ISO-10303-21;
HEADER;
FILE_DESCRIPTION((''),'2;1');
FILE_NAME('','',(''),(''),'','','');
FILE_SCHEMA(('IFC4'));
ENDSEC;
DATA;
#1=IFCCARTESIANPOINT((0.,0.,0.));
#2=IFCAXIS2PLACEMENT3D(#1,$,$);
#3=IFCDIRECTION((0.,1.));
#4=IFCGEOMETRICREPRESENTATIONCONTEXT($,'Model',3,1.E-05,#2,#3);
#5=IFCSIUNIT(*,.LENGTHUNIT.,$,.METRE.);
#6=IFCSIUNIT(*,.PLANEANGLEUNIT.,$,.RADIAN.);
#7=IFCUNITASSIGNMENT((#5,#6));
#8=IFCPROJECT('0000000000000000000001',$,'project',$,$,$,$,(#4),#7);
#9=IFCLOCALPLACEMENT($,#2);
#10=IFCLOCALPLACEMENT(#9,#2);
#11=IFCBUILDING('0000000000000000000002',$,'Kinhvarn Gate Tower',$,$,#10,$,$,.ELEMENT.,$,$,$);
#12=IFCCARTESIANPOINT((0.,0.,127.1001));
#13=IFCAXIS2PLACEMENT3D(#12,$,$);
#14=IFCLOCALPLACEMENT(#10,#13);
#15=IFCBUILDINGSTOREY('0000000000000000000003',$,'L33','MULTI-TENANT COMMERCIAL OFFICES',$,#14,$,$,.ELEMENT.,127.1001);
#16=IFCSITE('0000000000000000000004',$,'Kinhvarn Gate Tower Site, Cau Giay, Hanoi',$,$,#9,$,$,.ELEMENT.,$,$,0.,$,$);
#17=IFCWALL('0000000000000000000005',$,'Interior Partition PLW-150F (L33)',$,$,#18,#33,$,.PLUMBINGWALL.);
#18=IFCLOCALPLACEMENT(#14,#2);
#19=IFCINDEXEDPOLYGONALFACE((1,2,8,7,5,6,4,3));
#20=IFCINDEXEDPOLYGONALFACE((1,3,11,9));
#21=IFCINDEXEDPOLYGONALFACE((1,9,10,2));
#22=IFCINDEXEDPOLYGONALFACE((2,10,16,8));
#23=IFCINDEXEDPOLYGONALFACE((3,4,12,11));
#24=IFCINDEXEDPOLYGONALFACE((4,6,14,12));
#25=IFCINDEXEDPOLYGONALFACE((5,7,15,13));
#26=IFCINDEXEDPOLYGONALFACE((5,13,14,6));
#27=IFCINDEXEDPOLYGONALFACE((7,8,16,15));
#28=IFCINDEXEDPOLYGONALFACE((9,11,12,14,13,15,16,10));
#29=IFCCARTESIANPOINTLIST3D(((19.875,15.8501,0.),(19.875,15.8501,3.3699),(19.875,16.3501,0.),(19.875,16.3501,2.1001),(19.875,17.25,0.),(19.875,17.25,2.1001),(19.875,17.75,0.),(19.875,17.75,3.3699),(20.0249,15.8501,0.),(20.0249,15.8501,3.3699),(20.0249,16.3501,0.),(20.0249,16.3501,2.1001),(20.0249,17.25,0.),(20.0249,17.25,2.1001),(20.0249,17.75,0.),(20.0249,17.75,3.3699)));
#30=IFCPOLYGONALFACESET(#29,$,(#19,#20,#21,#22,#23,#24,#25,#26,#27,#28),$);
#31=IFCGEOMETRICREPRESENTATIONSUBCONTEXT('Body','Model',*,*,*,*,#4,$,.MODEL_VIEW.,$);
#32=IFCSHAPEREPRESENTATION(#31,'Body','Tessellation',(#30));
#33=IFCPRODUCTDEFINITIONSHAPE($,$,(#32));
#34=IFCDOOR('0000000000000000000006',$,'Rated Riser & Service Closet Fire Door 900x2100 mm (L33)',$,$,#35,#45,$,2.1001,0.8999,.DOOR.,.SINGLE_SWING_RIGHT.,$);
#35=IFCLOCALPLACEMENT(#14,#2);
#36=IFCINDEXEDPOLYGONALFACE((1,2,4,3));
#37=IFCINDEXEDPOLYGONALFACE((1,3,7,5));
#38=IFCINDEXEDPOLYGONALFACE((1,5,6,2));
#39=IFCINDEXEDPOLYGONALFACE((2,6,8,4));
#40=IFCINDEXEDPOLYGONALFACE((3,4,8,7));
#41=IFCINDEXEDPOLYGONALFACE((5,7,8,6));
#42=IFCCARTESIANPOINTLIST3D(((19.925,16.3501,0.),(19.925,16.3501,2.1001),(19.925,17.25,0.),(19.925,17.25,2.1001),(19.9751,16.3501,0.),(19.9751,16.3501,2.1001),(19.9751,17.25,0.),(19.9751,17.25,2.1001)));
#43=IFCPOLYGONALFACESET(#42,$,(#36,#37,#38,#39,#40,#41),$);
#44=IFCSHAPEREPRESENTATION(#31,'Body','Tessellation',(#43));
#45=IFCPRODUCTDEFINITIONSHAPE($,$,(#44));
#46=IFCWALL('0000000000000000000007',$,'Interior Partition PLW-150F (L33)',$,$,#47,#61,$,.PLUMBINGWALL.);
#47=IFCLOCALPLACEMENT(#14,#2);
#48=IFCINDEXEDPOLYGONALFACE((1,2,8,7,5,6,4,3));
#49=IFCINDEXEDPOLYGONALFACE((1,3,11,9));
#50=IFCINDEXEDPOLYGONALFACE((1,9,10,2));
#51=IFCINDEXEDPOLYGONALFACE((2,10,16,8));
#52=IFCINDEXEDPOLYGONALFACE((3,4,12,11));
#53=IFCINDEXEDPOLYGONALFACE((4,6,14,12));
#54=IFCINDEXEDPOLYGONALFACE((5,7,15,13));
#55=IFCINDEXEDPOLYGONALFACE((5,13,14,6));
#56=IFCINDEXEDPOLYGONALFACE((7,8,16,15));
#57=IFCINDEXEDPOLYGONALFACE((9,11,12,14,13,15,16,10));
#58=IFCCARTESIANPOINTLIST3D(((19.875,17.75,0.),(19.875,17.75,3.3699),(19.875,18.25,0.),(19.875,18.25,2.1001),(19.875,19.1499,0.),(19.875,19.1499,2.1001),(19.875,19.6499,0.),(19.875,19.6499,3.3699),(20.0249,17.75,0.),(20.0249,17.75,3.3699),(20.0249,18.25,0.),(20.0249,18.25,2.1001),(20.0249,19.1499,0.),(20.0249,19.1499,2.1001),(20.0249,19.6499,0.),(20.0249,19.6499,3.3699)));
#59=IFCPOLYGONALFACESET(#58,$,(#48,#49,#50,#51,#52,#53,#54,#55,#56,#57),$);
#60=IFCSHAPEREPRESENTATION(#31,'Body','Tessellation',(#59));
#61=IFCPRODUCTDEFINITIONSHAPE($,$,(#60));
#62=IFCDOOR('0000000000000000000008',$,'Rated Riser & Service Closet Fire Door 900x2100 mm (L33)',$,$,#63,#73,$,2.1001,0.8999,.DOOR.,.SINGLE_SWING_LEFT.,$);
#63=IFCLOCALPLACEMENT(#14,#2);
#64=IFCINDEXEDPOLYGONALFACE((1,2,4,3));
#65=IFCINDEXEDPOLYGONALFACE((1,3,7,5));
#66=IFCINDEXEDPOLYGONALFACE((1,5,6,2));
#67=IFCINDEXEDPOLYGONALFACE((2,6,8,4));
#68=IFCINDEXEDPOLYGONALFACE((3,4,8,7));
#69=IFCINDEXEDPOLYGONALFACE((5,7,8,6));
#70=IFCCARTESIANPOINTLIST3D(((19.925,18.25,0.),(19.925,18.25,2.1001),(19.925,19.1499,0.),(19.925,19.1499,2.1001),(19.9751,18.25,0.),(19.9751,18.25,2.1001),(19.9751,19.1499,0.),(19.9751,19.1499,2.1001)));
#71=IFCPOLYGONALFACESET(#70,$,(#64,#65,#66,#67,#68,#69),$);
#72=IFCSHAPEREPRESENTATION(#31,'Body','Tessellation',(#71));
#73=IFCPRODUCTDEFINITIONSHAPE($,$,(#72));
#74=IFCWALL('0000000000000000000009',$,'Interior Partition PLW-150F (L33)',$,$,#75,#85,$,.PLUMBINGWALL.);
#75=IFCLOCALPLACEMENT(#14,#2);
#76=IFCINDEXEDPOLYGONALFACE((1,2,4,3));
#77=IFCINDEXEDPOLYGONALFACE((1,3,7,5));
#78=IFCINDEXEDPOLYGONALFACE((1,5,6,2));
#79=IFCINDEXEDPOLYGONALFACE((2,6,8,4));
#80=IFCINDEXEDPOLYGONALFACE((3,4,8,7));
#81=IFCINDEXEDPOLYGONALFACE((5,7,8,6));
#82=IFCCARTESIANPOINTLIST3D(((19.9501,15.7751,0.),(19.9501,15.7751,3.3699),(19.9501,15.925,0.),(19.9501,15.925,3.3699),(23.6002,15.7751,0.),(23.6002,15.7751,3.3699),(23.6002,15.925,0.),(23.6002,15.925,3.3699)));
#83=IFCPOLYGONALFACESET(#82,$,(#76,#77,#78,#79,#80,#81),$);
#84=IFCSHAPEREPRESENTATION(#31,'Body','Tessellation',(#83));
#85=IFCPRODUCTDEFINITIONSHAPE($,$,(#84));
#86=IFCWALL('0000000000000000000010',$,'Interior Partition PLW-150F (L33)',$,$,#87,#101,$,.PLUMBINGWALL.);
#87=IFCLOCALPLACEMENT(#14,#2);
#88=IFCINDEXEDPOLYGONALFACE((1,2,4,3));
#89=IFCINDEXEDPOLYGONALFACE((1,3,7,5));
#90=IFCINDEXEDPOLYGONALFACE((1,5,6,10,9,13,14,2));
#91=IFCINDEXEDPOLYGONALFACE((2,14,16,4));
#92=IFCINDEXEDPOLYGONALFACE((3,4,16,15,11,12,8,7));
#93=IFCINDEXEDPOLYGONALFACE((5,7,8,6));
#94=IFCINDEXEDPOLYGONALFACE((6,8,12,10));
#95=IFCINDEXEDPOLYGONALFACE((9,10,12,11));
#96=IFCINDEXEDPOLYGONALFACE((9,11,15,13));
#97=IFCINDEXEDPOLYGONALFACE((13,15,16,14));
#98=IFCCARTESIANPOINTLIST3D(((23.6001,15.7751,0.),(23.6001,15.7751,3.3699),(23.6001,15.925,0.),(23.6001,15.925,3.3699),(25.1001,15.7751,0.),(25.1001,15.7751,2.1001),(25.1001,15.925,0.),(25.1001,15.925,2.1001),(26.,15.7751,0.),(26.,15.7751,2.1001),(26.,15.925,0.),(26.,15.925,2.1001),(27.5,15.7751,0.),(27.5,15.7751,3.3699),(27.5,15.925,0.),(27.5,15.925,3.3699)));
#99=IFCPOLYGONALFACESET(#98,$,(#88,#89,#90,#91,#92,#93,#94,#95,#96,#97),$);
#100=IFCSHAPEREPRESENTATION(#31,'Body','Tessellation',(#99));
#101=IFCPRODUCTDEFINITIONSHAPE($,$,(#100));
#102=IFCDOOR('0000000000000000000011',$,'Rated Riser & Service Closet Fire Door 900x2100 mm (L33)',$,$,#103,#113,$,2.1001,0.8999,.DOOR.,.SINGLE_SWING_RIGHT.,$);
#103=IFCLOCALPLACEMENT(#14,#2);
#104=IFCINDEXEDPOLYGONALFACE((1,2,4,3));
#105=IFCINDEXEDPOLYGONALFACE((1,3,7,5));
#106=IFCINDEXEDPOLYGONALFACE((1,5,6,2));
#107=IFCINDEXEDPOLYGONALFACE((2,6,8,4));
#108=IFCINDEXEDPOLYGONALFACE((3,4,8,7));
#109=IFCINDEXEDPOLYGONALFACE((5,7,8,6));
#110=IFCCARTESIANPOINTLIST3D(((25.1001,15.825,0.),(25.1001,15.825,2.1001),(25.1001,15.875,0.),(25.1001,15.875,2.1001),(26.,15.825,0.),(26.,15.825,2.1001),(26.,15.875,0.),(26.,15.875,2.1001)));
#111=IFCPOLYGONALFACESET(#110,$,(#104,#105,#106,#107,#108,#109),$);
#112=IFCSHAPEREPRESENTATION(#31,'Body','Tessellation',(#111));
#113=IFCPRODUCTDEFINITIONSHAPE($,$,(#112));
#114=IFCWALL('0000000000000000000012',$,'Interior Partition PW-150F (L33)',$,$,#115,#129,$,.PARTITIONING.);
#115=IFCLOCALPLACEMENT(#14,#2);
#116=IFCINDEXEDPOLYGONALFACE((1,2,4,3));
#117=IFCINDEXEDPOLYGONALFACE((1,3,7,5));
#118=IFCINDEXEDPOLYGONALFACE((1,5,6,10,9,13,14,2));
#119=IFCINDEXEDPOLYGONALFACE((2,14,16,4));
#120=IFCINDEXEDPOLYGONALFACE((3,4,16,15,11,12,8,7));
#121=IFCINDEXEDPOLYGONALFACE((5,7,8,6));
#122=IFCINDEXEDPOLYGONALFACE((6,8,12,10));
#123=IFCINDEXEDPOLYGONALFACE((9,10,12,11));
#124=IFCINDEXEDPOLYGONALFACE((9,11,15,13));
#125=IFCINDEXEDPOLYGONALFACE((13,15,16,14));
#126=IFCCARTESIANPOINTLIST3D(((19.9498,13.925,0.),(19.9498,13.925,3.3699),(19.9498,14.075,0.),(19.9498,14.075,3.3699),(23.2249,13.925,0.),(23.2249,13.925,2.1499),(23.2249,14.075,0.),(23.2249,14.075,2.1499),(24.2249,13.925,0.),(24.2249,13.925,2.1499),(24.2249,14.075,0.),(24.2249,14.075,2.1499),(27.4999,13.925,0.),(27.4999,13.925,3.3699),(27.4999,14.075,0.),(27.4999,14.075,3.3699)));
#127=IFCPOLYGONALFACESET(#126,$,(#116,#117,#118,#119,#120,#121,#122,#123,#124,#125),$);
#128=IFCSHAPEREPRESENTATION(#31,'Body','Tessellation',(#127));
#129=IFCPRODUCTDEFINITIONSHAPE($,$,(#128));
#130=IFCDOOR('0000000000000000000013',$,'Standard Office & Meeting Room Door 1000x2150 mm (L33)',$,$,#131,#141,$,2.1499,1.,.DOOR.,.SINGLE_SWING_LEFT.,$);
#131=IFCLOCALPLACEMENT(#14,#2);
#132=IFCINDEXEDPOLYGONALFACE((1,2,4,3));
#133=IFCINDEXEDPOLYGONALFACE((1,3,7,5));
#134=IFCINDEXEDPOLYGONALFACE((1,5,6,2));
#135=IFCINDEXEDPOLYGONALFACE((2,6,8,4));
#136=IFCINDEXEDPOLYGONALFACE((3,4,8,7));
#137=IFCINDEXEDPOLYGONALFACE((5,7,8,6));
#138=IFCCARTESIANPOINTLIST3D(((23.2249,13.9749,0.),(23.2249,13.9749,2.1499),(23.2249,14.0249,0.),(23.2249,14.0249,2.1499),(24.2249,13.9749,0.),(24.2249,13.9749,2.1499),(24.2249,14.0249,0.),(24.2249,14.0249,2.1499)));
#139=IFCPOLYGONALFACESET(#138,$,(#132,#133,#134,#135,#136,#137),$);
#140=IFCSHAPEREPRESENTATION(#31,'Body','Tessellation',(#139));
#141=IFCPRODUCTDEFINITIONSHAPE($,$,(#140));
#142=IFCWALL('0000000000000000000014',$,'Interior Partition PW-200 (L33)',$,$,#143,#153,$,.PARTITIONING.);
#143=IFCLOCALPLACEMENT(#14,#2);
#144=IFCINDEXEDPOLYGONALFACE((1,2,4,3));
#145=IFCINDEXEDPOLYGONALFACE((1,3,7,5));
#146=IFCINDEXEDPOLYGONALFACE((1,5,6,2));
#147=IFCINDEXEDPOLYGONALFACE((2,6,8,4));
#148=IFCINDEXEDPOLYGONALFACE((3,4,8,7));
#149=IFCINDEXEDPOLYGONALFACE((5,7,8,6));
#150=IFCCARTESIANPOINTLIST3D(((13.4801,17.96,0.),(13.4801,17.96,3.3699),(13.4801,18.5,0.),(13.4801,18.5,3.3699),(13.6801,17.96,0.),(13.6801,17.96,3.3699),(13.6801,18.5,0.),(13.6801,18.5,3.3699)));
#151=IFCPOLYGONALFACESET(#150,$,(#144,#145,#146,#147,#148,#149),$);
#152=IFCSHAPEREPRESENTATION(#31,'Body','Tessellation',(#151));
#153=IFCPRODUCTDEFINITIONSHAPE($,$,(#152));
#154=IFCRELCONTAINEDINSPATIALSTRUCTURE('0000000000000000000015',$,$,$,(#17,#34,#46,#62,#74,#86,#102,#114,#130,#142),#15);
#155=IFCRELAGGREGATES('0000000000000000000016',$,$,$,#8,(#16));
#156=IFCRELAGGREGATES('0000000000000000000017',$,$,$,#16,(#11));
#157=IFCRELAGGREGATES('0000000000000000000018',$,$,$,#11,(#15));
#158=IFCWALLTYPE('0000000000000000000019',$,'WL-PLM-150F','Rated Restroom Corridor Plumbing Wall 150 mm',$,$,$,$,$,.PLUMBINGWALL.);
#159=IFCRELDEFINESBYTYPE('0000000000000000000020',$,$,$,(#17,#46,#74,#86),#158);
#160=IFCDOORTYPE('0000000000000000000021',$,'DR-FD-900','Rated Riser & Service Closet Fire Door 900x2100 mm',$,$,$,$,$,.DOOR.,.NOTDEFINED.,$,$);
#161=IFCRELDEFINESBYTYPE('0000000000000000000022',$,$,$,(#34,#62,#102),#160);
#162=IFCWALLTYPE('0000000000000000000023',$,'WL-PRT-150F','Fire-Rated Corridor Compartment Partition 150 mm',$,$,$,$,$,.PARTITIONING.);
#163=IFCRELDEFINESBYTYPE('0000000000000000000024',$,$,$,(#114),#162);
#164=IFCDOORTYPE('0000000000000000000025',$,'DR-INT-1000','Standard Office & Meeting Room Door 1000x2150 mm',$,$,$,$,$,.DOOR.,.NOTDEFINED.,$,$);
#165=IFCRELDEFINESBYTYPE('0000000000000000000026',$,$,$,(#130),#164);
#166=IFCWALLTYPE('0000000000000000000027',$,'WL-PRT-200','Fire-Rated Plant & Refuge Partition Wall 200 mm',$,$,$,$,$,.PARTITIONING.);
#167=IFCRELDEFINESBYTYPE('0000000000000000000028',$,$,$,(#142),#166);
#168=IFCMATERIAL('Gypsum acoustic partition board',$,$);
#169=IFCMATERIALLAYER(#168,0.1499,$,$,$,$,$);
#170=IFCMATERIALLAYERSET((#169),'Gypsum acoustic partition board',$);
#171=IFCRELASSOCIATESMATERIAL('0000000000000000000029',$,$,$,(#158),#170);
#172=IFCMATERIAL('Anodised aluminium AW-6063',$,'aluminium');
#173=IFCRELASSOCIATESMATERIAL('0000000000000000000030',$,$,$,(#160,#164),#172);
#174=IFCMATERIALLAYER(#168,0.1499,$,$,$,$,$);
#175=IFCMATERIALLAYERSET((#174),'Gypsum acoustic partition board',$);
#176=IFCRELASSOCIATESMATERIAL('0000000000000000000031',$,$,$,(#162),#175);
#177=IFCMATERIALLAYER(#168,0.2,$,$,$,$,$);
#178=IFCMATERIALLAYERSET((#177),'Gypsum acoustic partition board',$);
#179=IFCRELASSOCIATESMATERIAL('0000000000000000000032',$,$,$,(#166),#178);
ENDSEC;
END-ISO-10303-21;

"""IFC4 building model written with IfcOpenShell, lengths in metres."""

from ifc_helpers import new_model, si_unit, direction, frame, frame_2d, origin, place, context, subcontext, project, spatial, rectangle, extrude, material, layer, layer_set, type_object, element, fill, save


model = new_model("IFC4")

# Units and contexts
model_context = context("Model", 3, precision=1e-05, world=origin(), true_north=direction((0.0, 1.0)))
body_context = subcontext(model_context, "Body", "Model", "MODEL_VIEW")
ifc_project = project(units=[si_unit("LENGTHUNIT", "METRE"), si_unit("PLANEANGLEUNIT", "RADIAN")], contexts=[model_context])

# Site, building, storey
site_placement = place(None, origin())
site = spatial("IfcSite", under=ifc_project, at=site_placement, Name="Kinhvarn Gate Tower Site, Cau Giay, Hanoi", CompositionType="ELEMENT", RefElevation=0.0)
building_placement = place(site_placement, origin())
building = spatial("IfcBuilding", under=site, at=building_placement, Name="Kinhvarn Gate Tower", CompositionType="ELEMENT")
storey_placement = place(building_placement, frame((0.0, 0.0, 127.1001)))
storey = spatial("IfcBuildingStorey", under=building, at=storey_placement, Name="L33", Description="MULTI-TENANT COMMERCIAL OFFICES", CompositionType="ELEMENT", Elevation=127.1001)

# Shared definitions
ifc_material_1 = material(Name="Anodised aluminium AW-6063", Category="aluminium")

# Shared definitions
ifc_material_2 = material(Name="Gypsum acoustic partition board")

# Walls, openings, doors
ifc_layer_1 = layer(ifc_material_2, 0.1499)
ifc_layer_set_1 = layer_set([ifc_layer_1], Name="Gypsum acoustic partition board")
wall_type_1 = type_object("IfcWallType", Name="WL-PLM-150F", Description="Rated Restroom Corridor Plumbing Wall 150 mm", PredefinedType="PLUMBINGWALL", material=ifc_layer_set_1)
wall_1_placement = place(storey_placement, frame((19.95, 15.8501, 0.0), z_axis=(0.0, 0.0, 1.0), x_axis=(0.0, 1.0, 0.0)))
wall_1 = element("IfcWall", 1, at=wall_1_placement, inside=storey, type_object=wall_type_1, Name="Interior Partition PLW-150F (L33)", PredefinedType="PLUMBINGWALL", context=body_context, shape_type="SweptSolid", body=[
    extrude(rectangle(XDim=1.8999, YDim=0.1499, at=frame_2d((0.95, 0.0))), origin(), (0.0, 0.0, 1.0), 3.3699),
])
opening_1_placement = place(wall_1_placement, frame((0.5, 0.0, 0.0)))
opening_1 = element("IfcOpeningElement", 2, at=opening_1_placement, cuts=wall_1, PredefinedType="OPENING", context=body_context, shape_type="SweptSolid", body=[
    extrude(rectangle(XDim=0.8999, YDim=2.1001, at=frame_2d((0.45, 1.05))), frame((0.0, 0.085, 0.0), z_axis=(0.0, -1.0, 0.0), x_axis=(1.0, 0.0, 0.0)), (0.0, 0.0, 1.0), 0.1699),
])
door_type_1 = type_object("IfcDoorType", Name="DR-FD-900", Description="Rated Riser & Service Closet Fire Door 900x2100 mm", OperationType="NOTDEFINED", PredefinedType="DOOR", material=ifc_material_1)
door_1_placement = place(opening_1_placement, origin())
door_1 = element("IfcDoor", 3, at=door_1_placement, inside=storey, type_object=door_type_1, Name="Rated Riser & Service Closet Fire Door 900x2100 mm (L33)", OperationType="SINGLE_SWING_RIGHT", OverallHeight=2.1001, OverallWidth=0.8999, PredefinedType="DOOR", context=body_context, shape_type="SweptSolid", body=[
    extrude(rectangle(XDim=0.8999, YDim=2.1001, at=frame_2d((0.45, 1.05))), frame((0.0, 0.0249, 0.0), z_axis=(0.0, -1.0, 0.0), x_axis=(1.0, 0.0, 0.0)), (0.0, 0.0, 1.0), 0.05),
])
fill(opening_1, door_1)
wall_2_placement = place(storey_placement, frame((19.95, 17.75, 0.0), z_axis=(0.0, 0.0, 1.0), x_axis=(0.0, 1.0, 0.0)))
wall_2 = element("IfcWall", 4, at=wall_2_placement, inside=storey, type_object=wall_type_1, Name="Interior Partition PLW-150F (L33)", PredefinedType="PLUMBINGWALL", context=body_context, shape_type="SweptSolid", body=[
    extrude(rectangle(XDim=1.8999, YDim=0.1499, at=frame_2d((0.95, 0.0))), origin(), (0.0, 0.0, 1.0), 3.3699),
])
opening_2_placement = place(wall_2_placement, frame((0.5, 0.0, 0.0)))
opening_2 = element("IfcOpeningElement", 5, at=opening_2_placement, cuts=wall_2, PredefinedType="OPENING", context=body_context, shape_type="SweptSolid", body=[
    extrude(rectangle(XDim=0.8999, YDim=2.1001, at=frame_2d((0.45, 1.05))), frame((0.0, 0.085, 0.0), z_axis=(0.0, -1.0, 0.0), x_axis=(1.0, 0.0, 0.0)), (0.0, 0.0, 1.0), 0.1699),
])
door_2_placement = place(opening_2_placement, origin())
door_2 = element("IfcDoor", 6, at=door_2_placement, inside=storey, type_object=door_type_1, Name="Rated Riser & Service Closet Fire Door 900x2100 mm (L33)", OperationType="SINGLE_SWING_LEFT", OverallHeight=2.1001, OverallWidth=0.8999, PredefinedType="DOOR", context=body_context, shape_type="SweptSolid", body=[
    extrude(rectangle(XDim=0.8999, YDim=2.1001, at=frame_2d((0.45, 1.05))), frame((0.0, 0.0249, 0.0), z_axis=(0.0, -1.0, 0.0), x_axis=(1.0, 0.0, 0.0)), (0.0, 0.0, 1.0), 0.05),
])
fill(opening_2, door_2)

# Wall
wall_3_placement = place(storey_placement, frame((19.95, 15.8501, 0.0), z_axis=(0.0, 0.0, 1.0), x_axis=(1.0, 0.0, 0.0)))
element("IfcWall", 7, at=wall_3_placement, inside=storey, type_object=wall_type_1, Name="Interior Partition PLW-150F (L33)", PredefinedType="PLUMBINGWALL", context=body_context, shape_type="SweptSolid", body=[
    extrude(rectangle(XDim=3.6501, YDim=0.1499, at=frame_2d((1.8252, 0.0))), origin(), (0.0, 0.0, 1.0), 3.3699),
])

# Walls, openings, doors
wall_4_placement = place(storey_placement, frame((23.6001, 15.8501, 0.0), z_axis=(0.0, 0.0, 1.0), x_axis=(1.0, 0.0, 0.0)))
wall_4 = element("IfcWall", 8, at=wall_4_placement, inside=storey, type_object=wall_type_1, Name="Interior Partition PLW-150F (L33)", PredefinedType="PLUMBINGWALL", context=body_context, shape_type="SweptSolid", body=[
    extrude(rectangle(XDim=3.8999, YDim=0.1499, at=frame_2d((1.95, 0.0))), origin(), (0.0, 0.0, 1.0), 3.3699),
])
opening_3_placement = place(wall_4_placement, frame((1.5, 0.0, 0.0)))
opening_3 = element("IfcOpeningElement", 9, at=opening_3_placement, cuts=wall_4, PredefinedType="OPENING", context=body_context, shape_type="SweptSolid", body=[
    extrude(rectangle(XDim=0.8999, YDim=2.1001, at=frame_2d((0.45, 1.05))), frame((0.0, 0.085, 0.0), z_axis=(0.0, -1.0, 0.0), x_axis=(1.0, 0.0, 0.0)), (0.0, 0.0, 1.0), 0.1699),
])
door_3_placement = place(opening_3_placement, origin())
door_3 = element("IfcDoor", 10, at=door_3_placement, inside=storey, type_object=door_type_1, Name="Rated Riser & Service Closet Fire Door 900x2100 mm (L33)", OperationType="SINGLE_SWING_RIGHT", OverallHeight=2.1001, OverallWidth=0.8999, PredefinedType="DOOR", context=body_context, shape_type="SweptSolid", body=[
    extrude(rectangle(XDim=0.8999, YDim=2.1001, at=frame_2d((0.45, 1.05))), frame((0.0, 0.0249, 0.0), z_axis=(0.0, -1.0, 0.0), x_axis=(1.0, 0.0, 0.0)), (0.0, 0.0, 1.0), 0.05),
])
fill(opening_3, door_3)
ifc_layer_2 = layer(ifc_material_2, 0.1499)
ifc_layer_set_2 = layer_set([ifc_layer_2], Name="Gypsum acoustic partition board")
wall_type_2 = type_object("IfcWallType", Name="WL-PRT-150F", Description="Fire-Rated Corridor Compartment Partition 150 mm", PredefinedType="PARTITIONING", material=ifc_layer_set_2)
wall_5_placement = place(storey_placement, frame((19.95, 14.0, 0.0), z_axis=(0.0, 0.0, 1.0), x_axis=(1.0, 0.0, 0.0)))
wall_5 = element("IfcWall", 11, at=wall_5_placement, inside=storey, type_object=wall_type_2, Name="Interior Partition PW-150F (L33)", PredefinedType="PARTITIONING", context=body_context, shape_type="SweptSolid", body=[
    extrude(rectangle(XDim=7.55, YDim=0.1499, at=frame_2d((3.7749, 0.0))), origin(), (0.0, 0.0, 1.0), 3.3699),
])
opening_4_placement = place(wall_5_placement, frame((3.2749, 0.0, 0.0)))
opening_4 = element("IfcOpeningElement", 12, at=opening_4_placement, cuts=wall_5, PredefinedType="OPENING", context=body_context, shape_type="SweptSolid", body=[
    extrude(rectangle(XDim=1.0, YDim=2.1499, at=frame_2d((0.5, 1.075))), frame((0.0, 0.085, 0.0), z_axis=(0.0, -1.0, 0.0), x_axis=(1.0, 0.0, 0.0)), (0.0, 0.0, 1.0), 0.1699),
])
door_type_2 = type_object("IfcDoorType", Name="DR-INT-1000", Description="Standard Office & Meeting Room Door 1000x2150 mm", OperationType="NOTDEFINED", PredefinedType="DOOR", material=ifc_material_1)
door_4_placement = place(opening_4_placement, origin())
door_4 = element("IfcDoor", 13, at=door_4_placement, inside=storey, type_object=door_type_2, Name="Standard Office & Meeting Room Door 1000x2150 mm (L33)", OperationType="SINGLE_SWING_LEFT", OverallHeight=2.1499, OverallWidth=1.0, PredefinedType="DOOR", context=body_context, shape_type="SweptSolid", body=[
    extrude(rectangle(XDim=1.0, YDim=2.1499, at=frame_2d((0.5, 1.075))), frame((0.0, 0.0249, 0.0), z_axis=(0.0, -1.0, 0.0), x_axis=(1.0, 0.0, 0.0)), (0.0, 0.0, 1.0), 0.05),
])
fill(opening_4, door_4)

# Wall
ifc_layer_3 = layer(ifc_material_2, 0.2)
ifc_layer_set_3 = layer_set([ifc_layer_3], Name="Gypsum acoustic partition board")
wall_type_3 = type_object("IfcWallType", Name="WL-PRT-200", Description="Fire-Rated Plant & Refuge Partition Wall 200 mm", PredefinedType="PARTITIONING", material=ifc_layer_set_3)
wall_6_placement = place(storey_placement, frame((13.5801, 17.96, 0.0), z_axis=(0.0, 0.0, 1.0), x_axis=(0.0, 1.0, 0.0)))
element("IfcWall", 14, at=wall_6_placement, inside=storey, type_object=wall_type_3, Name="Interior Partition PW-200 (L33)", PredefinedType="PARTITIONING", context=body_context, shape_type="SweptSolid", body=[
    extrude(rectangle(XDim=0.54, YDim=0.2, at=frame_2d((0.27, 0.0))), origin(), (0.0, 0.0, 1.0), 3.3699),
])

save(model, "model.ifc")
